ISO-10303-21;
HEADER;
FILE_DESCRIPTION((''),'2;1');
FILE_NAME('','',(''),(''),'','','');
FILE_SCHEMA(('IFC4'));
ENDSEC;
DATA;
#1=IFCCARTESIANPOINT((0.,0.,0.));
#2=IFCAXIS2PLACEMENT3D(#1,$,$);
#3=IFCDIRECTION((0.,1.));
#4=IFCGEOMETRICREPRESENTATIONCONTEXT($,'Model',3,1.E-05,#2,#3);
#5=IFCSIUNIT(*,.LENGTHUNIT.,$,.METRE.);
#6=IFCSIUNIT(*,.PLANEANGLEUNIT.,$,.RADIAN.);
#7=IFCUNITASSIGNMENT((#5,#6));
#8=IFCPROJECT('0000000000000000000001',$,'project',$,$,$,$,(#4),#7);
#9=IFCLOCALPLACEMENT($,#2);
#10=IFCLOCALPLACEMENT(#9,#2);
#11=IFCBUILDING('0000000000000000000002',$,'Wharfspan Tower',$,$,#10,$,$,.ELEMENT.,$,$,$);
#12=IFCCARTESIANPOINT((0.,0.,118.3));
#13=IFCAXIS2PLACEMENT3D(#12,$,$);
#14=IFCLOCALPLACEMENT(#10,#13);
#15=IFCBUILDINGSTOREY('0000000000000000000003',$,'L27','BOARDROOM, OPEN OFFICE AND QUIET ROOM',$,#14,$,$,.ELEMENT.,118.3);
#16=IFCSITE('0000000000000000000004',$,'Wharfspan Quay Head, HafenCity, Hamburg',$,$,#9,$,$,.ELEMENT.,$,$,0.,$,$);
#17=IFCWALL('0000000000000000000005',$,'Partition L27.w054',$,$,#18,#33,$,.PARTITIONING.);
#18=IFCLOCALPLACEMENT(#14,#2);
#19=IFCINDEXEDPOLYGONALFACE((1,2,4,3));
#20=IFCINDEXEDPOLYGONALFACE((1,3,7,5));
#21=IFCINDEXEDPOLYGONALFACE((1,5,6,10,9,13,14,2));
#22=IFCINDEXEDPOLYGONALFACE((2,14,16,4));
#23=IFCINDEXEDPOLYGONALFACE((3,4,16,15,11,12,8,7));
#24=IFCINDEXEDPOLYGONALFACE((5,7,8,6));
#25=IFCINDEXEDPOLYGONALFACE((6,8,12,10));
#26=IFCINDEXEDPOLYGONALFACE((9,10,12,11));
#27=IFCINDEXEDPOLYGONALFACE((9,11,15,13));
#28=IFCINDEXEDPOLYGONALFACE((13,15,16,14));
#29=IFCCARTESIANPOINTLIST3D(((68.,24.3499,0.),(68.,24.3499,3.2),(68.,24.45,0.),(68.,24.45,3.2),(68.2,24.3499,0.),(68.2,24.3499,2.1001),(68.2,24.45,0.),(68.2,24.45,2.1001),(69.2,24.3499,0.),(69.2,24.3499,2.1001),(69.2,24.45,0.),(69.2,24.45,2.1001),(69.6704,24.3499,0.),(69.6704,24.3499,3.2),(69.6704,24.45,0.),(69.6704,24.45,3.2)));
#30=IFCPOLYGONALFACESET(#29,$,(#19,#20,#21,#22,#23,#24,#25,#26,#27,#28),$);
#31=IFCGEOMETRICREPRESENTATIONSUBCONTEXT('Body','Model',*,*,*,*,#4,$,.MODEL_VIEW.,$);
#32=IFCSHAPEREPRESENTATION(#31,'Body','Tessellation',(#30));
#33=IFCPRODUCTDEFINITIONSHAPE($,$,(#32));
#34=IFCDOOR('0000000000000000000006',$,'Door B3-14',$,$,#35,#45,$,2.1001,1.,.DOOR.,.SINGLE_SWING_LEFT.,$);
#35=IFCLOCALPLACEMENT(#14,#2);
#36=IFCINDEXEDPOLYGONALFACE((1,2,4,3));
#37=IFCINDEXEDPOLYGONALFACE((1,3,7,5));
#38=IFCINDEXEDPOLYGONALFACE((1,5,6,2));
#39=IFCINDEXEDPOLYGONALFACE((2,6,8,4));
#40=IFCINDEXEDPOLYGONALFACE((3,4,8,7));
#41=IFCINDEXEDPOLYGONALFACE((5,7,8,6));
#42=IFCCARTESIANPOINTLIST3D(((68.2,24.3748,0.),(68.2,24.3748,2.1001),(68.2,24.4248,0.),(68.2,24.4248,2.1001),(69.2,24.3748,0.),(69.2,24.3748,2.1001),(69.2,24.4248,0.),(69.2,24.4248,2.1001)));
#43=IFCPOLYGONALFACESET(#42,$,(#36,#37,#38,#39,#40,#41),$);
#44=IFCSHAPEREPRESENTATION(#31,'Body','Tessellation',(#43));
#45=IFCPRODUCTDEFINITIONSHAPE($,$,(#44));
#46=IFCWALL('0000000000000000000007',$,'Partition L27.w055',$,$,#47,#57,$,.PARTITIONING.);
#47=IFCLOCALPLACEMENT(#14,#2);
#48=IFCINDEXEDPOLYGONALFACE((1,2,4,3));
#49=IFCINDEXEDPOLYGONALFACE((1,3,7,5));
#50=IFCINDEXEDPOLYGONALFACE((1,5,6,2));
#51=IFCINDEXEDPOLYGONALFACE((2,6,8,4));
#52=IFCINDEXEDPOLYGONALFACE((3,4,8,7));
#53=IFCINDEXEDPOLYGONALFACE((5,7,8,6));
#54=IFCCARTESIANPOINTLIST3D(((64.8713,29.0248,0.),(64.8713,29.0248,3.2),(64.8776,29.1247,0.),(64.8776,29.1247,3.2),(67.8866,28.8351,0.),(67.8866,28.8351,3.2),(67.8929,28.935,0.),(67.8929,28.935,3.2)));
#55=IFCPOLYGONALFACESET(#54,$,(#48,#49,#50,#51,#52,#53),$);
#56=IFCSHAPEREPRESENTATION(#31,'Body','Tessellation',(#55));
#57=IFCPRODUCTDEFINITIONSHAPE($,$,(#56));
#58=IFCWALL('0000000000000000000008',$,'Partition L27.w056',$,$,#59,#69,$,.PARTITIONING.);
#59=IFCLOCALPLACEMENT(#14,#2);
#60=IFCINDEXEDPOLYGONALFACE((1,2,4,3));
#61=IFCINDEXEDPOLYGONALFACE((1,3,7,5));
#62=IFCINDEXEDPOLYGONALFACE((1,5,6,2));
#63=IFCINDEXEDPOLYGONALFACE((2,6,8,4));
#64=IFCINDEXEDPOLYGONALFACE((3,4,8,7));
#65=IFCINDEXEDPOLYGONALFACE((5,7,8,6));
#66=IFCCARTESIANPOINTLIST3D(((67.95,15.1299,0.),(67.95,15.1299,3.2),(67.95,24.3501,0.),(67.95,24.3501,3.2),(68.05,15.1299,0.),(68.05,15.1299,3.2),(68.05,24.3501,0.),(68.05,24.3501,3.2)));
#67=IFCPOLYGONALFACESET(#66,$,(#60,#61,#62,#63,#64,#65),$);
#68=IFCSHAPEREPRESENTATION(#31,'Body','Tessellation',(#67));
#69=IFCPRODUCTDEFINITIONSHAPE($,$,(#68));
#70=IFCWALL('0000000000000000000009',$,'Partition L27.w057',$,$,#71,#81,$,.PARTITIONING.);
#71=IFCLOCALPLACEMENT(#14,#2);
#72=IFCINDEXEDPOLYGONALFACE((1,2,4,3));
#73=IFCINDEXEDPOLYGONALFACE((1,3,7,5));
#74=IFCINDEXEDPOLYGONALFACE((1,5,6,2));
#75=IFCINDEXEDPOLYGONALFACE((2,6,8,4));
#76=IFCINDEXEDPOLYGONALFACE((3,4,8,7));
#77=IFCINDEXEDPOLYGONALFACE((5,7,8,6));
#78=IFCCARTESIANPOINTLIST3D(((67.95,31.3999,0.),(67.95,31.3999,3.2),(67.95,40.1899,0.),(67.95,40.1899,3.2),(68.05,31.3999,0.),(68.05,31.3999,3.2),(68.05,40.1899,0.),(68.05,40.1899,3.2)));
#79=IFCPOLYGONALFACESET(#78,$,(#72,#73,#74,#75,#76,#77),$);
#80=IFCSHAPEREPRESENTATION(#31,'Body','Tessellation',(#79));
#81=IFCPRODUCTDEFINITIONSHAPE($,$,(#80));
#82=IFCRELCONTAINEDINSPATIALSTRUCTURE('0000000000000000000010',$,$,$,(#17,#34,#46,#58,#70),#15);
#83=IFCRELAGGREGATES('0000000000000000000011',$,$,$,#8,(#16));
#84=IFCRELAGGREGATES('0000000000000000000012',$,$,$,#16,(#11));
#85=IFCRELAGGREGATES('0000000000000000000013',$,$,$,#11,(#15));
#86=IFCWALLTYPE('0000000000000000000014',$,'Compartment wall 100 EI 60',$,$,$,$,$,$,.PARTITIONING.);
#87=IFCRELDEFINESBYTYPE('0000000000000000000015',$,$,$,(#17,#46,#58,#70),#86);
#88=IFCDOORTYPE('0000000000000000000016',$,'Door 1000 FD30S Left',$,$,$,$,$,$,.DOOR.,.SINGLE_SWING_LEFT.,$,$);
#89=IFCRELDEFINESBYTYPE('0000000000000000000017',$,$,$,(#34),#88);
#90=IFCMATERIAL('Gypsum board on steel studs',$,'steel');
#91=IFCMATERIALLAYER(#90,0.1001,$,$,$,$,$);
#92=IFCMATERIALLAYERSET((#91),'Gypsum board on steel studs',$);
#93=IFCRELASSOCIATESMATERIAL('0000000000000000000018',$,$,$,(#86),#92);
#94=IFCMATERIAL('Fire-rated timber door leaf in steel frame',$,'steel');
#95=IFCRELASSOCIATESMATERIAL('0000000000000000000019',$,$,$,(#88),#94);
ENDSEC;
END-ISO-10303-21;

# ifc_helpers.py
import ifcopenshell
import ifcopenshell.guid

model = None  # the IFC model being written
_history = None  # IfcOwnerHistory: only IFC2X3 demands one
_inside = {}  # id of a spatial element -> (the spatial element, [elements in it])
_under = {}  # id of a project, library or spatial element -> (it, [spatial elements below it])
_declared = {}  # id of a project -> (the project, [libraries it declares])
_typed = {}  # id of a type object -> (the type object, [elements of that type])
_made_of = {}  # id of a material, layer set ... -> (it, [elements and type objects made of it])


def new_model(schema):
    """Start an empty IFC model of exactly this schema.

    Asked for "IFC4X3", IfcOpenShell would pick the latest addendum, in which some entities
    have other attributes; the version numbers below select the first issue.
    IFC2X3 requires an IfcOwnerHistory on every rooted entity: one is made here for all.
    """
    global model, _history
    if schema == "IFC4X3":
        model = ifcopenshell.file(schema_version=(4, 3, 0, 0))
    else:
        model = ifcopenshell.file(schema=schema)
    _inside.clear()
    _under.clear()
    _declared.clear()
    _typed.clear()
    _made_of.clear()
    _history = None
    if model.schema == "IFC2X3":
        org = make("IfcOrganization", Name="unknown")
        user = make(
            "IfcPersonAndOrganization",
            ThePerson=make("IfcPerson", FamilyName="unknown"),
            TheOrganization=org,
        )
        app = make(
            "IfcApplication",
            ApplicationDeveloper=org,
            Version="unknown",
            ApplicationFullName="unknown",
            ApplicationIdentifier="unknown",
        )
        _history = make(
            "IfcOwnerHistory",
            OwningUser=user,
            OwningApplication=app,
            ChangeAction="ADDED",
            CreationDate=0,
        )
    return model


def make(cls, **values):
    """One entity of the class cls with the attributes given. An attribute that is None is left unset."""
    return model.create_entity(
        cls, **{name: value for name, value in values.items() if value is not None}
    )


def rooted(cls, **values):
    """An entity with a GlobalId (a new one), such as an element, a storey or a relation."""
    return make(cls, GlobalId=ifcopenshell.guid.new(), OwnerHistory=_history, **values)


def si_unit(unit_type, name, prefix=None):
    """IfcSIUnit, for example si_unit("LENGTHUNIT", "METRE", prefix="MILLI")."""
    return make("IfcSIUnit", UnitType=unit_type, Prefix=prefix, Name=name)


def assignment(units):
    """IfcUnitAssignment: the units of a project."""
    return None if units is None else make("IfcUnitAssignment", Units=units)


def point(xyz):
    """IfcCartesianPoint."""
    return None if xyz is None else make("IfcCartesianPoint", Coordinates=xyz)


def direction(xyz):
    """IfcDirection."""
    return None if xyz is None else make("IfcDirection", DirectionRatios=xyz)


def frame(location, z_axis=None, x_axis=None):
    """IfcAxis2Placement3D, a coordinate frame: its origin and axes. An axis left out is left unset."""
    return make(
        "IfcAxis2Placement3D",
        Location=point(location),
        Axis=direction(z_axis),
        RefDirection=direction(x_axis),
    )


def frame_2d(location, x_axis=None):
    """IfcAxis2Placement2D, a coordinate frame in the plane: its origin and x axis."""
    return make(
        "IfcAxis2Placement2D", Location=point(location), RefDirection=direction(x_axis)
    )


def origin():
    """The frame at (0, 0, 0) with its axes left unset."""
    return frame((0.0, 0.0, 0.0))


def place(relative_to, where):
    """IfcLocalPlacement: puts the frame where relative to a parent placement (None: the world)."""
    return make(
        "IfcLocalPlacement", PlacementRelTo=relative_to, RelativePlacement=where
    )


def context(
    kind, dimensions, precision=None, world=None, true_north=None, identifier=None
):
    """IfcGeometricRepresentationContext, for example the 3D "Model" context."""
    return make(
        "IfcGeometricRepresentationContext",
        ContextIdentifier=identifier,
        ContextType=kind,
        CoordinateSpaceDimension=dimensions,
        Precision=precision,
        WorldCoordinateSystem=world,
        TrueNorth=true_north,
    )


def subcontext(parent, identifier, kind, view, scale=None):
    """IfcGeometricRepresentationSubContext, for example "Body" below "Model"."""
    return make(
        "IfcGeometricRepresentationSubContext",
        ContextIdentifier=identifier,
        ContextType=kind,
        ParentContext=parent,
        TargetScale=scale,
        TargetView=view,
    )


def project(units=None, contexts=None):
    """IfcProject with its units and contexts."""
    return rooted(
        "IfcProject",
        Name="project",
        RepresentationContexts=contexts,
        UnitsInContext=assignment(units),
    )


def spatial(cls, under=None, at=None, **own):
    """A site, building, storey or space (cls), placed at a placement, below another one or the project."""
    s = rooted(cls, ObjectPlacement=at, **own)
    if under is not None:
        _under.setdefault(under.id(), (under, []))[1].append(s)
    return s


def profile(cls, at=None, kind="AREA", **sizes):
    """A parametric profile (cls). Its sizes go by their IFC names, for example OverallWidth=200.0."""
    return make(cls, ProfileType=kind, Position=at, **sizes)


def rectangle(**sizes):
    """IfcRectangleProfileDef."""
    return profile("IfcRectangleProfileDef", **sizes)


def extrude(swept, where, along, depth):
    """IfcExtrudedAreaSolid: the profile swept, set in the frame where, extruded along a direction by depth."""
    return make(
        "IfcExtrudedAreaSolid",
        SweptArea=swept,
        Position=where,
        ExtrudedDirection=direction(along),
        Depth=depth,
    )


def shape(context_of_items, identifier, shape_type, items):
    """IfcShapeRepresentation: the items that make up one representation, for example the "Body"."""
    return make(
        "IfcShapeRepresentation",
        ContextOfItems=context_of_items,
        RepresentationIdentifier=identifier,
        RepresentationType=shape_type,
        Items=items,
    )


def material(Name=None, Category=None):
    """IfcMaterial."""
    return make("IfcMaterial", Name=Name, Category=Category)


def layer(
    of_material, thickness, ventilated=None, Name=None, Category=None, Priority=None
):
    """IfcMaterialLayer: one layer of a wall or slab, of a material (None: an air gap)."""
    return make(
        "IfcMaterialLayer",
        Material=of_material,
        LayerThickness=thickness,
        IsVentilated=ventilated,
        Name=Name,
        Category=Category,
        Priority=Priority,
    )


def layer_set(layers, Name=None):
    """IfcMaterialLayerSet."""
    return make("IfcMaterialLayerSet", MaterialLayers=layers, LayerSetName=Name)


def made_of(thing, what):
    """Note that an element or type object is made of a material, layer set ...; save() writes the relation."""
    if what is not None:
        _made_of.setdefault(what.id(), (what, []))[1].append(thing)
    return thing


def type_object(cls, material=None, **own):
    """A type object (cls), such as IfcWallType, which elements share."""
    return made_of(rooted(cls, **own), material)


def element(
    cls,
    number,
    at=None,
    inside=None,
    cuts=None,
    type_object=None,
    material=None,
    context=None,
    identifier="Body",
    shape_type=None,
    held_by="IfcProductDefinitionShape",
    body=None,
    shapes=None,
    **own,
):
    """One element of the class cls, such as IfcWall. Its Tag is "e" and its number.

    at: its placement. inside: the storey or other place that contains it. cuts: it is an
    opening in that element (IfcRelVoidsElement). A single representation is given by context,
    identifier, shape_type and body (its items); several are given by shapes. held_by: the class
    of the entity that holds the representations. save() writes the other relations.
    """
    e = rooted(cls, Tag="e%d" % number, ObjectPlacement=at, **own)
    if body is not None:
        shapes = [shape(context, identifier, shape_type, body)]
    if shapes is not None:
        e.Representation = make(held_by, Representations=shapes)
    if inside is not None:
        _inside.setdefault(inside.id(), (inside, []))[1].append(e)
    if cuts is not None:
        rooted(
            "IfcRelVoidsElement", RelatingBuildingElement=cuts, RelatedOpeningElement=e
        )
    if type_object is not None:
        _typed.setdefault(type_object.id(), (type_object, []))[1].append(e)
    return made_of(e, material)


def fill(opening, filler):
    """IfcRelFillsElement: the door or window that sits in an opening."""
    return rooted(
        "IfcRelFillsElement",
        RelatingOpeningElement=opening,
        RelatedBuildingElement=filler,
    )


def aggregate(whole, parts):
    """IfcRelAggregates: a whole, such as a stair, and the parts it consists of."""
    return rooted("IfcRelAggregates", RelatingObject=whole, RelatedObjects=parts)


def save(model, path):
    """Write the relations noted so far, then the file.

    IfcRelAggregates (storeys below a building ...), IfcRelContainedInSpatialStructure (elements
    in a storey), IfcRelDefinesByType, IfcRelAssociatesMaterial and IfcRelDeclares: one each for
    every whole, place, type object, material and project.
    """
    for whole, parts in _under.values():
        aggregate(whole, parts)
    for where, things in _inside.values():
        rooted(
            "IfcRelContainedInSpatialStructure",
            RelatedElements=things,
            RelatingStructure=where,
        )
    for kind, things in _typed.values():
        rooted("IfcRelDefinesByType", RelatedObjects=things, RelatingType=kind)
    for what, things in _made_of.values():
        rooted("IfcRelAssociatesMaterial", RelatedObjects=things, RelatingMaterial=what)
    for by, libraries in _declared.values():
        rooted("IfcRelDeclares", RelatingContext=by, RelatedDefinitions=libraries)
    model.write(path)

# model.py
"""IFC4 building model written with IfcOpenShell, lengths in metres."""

from ifc_helpers import new_model, si_unit, direction, frame, frame_2d, origin, place, context, subcontext, project, spatial, rectangle, extrude, material, layer, layer_set, type_object, element, fill, save


model = new_model("IFC4")

# Units and contexts
model_context = context("Model", 3, precision=1e-05, world=origin(), true_north=direction((0.0, 1.0)))
body_context = subcontext(model_context, "Body", "Model", "MODEL_VIEW")
ifc_project = project(units=[si_unit("LENGTHUNIT", "METRE"), si_unit("PLANEANGLEUNIT", "RADIAN")], contexts=[model_context])

# Site, building, storey
site_placement = place(None, origin())
site = spatial("IfcSite", under=ifc_project, at=site_placement, Name="Wharfspan Quay Head, HafenCity, Hamburg", CompositionType="ELEMENT", RefElevation=0.0)
building_placement = place(site_placement, origin())
building = spatial("IfcBuilding", under=site, at=building_placement, Name="Wharfspan Tower", CompositionType="ELEMENT")
storey_placement = place(building_placement, frame((0.0, 0.0, 118.3)))
storey = spatial("IfcBuildingStorey", under=building, at=storey_placement, Name="L27", Description="BOARDROOM, OPEN OFFICE AND QUIET ROOM", CompositionType="ELEMENT", Elevation=118.3)

# Shared definitions
ifc_material_1 = material(Name="Gypsum board on steel studs", Category="steel")
ifc_layer = layer(ifc_material_1, 0.1001)
ifc_layer_set = layer_set([ifc_layer], Name="Gypsum board on steel studs")
wall_type = type_object("IfcWallType", Name="Compartment wall 100 EI 60", PredefinedType="PARTITIONING", material=ifc_layer_set)

# Shared definitions
ifc_material_2 = material(Name="Fire-rated timber door leaf in steel frame", Category="steel")

# Wall, opening, door
wall_1_placement = place(storey_placement, frame((68.0, 24.3999, 0.0), z_axis=(0.0, 0.0, 1.0), x_axis=(1.0, 0.0, 0.0)))
wall_1 = element("IfcWall", 1, at=wall_1_placement, inside=storey, type_object=wall_type, Name="Partition L27.w054", PredefinedType="PARTITIONING", context=body_context, shape_type="SweptSolid", body=[
    extrude(rectangle(XDim=1.6704, YDim=0.1001, at=frame_2d((0.8352, 0.0))), origin(), (0.0, 0.0, 1.0), 3.2),
])
opening_1_placement = place(wall_1_placement, frame((0.2, 0.0, 0.0)))
opening_1 = element("IfcOpeningElement", 2, at=opening_1_placement, cuts=wall_1, PredefinedType="OPENING", context=body_context, shape_type="SweptSolid", body=[
    extrude(rectangle(XDim=1.0, YDim=2.1001, at=frame_2d((0.5, 1.05))), frame((0.0, 0.0601, 0.0), z_axis=(0.0, -1.0, 0.0), x_axis=(1.0, 0.0, 0.0)), (0.0, 0.0, 1.0), 0.1201),
])
door_type_1 = type_object("IfcDoorType", Name="Door 1000 FD30S Left", OperationType="SINGLE_SWING_LEFT", PredefinedType="DOOR", material=ifc_material_2)
door_1_placement = place(opening_1_placement, origin())
door_1 = element("IfcDoor", 3, at=door_1_placement, inside=storey, type_object=door_type_1, Name="Door B3-14", OperationType="SINGLE_SWING_LEFT", OverallHeight=2.1001, OverallWidth=1.0, PredefinedType="DOOR", context=body_context, shape_type="SweptSolid", body=[
    extrude(rectangle(XDim=1.0, YDim=2.1001, at=frame_2d((0.5, 1.05))), frame((0.0, 0.0249, 0.0), z_axis=(0.0, -1.0, 0.0), x_axis=(1.0, 0.0, 0.0)), (0.0, 0.0, 1.0), 0.05),
])
fill(opening_1, door_1)

# Walls
wall_2_placement = place(storey_placement, frame((67.8899, 28.885, 0.0), z_axis=(0.0, 0.0, 1.0), x_axis=(-0.998031, 0.062786, 0.0)))
element("IfcWall", 4, at=wall_2_placement, inside=storey, type_object=wall_type, Name="Partition L27.w055", PredefinedType="PARTITIONING", context=body_context, shape_type="SweptSolid", body=[
    extrude(rectangle(XDim=3.0212, YDim=0.1001, at=frame_2d((1.5107, 0.0))), origin(), (0.0, 0.0, 1.0), 3.2),
])
wall_3_placement = place(storey_placement, frame((68.0, 15.1299, 0.0), z_axis=(0.0, 0.0, 1.0), x_axis=(0.0, 1.0, 0.0)))
element("IfcWall", 5, at=wall_3_placement, inside=storey, type_object=wall_type, Name="Partition L27.w056", PredefinedType="PARTITIONING", context=body_context, shape_type="SweptSolid", body=[
    extrude(rectangle(XDim=9.2202, YDim=0.1001, at=frame_2d((4.6101, 0.0))), origin(), (0.0, 0.0, 1.0), 3.2),
])
wall_4_placement = place(storey_placement, frame((68.0, 31.3999, 0.0), z_axis=(0.0, 0.0, 1.0), x_axis=(0.0, 1.0, 0.0)))
element("IfcWall", 6, at=wall_4_placement, inside=storey, type_object=wall_type, Name="Partition L27.w057", PredefinedType="PARTITIONING", context=body_context, shape_type="SweptSolid", body=[
    extrude(rectangle(XDim=8.79, YDim=0.1001, at=frame_2d((4.395, 0.0))), origin(), (0.0, 0.0, 1.0), 3.2),
])

save(model, "model.ifc")
